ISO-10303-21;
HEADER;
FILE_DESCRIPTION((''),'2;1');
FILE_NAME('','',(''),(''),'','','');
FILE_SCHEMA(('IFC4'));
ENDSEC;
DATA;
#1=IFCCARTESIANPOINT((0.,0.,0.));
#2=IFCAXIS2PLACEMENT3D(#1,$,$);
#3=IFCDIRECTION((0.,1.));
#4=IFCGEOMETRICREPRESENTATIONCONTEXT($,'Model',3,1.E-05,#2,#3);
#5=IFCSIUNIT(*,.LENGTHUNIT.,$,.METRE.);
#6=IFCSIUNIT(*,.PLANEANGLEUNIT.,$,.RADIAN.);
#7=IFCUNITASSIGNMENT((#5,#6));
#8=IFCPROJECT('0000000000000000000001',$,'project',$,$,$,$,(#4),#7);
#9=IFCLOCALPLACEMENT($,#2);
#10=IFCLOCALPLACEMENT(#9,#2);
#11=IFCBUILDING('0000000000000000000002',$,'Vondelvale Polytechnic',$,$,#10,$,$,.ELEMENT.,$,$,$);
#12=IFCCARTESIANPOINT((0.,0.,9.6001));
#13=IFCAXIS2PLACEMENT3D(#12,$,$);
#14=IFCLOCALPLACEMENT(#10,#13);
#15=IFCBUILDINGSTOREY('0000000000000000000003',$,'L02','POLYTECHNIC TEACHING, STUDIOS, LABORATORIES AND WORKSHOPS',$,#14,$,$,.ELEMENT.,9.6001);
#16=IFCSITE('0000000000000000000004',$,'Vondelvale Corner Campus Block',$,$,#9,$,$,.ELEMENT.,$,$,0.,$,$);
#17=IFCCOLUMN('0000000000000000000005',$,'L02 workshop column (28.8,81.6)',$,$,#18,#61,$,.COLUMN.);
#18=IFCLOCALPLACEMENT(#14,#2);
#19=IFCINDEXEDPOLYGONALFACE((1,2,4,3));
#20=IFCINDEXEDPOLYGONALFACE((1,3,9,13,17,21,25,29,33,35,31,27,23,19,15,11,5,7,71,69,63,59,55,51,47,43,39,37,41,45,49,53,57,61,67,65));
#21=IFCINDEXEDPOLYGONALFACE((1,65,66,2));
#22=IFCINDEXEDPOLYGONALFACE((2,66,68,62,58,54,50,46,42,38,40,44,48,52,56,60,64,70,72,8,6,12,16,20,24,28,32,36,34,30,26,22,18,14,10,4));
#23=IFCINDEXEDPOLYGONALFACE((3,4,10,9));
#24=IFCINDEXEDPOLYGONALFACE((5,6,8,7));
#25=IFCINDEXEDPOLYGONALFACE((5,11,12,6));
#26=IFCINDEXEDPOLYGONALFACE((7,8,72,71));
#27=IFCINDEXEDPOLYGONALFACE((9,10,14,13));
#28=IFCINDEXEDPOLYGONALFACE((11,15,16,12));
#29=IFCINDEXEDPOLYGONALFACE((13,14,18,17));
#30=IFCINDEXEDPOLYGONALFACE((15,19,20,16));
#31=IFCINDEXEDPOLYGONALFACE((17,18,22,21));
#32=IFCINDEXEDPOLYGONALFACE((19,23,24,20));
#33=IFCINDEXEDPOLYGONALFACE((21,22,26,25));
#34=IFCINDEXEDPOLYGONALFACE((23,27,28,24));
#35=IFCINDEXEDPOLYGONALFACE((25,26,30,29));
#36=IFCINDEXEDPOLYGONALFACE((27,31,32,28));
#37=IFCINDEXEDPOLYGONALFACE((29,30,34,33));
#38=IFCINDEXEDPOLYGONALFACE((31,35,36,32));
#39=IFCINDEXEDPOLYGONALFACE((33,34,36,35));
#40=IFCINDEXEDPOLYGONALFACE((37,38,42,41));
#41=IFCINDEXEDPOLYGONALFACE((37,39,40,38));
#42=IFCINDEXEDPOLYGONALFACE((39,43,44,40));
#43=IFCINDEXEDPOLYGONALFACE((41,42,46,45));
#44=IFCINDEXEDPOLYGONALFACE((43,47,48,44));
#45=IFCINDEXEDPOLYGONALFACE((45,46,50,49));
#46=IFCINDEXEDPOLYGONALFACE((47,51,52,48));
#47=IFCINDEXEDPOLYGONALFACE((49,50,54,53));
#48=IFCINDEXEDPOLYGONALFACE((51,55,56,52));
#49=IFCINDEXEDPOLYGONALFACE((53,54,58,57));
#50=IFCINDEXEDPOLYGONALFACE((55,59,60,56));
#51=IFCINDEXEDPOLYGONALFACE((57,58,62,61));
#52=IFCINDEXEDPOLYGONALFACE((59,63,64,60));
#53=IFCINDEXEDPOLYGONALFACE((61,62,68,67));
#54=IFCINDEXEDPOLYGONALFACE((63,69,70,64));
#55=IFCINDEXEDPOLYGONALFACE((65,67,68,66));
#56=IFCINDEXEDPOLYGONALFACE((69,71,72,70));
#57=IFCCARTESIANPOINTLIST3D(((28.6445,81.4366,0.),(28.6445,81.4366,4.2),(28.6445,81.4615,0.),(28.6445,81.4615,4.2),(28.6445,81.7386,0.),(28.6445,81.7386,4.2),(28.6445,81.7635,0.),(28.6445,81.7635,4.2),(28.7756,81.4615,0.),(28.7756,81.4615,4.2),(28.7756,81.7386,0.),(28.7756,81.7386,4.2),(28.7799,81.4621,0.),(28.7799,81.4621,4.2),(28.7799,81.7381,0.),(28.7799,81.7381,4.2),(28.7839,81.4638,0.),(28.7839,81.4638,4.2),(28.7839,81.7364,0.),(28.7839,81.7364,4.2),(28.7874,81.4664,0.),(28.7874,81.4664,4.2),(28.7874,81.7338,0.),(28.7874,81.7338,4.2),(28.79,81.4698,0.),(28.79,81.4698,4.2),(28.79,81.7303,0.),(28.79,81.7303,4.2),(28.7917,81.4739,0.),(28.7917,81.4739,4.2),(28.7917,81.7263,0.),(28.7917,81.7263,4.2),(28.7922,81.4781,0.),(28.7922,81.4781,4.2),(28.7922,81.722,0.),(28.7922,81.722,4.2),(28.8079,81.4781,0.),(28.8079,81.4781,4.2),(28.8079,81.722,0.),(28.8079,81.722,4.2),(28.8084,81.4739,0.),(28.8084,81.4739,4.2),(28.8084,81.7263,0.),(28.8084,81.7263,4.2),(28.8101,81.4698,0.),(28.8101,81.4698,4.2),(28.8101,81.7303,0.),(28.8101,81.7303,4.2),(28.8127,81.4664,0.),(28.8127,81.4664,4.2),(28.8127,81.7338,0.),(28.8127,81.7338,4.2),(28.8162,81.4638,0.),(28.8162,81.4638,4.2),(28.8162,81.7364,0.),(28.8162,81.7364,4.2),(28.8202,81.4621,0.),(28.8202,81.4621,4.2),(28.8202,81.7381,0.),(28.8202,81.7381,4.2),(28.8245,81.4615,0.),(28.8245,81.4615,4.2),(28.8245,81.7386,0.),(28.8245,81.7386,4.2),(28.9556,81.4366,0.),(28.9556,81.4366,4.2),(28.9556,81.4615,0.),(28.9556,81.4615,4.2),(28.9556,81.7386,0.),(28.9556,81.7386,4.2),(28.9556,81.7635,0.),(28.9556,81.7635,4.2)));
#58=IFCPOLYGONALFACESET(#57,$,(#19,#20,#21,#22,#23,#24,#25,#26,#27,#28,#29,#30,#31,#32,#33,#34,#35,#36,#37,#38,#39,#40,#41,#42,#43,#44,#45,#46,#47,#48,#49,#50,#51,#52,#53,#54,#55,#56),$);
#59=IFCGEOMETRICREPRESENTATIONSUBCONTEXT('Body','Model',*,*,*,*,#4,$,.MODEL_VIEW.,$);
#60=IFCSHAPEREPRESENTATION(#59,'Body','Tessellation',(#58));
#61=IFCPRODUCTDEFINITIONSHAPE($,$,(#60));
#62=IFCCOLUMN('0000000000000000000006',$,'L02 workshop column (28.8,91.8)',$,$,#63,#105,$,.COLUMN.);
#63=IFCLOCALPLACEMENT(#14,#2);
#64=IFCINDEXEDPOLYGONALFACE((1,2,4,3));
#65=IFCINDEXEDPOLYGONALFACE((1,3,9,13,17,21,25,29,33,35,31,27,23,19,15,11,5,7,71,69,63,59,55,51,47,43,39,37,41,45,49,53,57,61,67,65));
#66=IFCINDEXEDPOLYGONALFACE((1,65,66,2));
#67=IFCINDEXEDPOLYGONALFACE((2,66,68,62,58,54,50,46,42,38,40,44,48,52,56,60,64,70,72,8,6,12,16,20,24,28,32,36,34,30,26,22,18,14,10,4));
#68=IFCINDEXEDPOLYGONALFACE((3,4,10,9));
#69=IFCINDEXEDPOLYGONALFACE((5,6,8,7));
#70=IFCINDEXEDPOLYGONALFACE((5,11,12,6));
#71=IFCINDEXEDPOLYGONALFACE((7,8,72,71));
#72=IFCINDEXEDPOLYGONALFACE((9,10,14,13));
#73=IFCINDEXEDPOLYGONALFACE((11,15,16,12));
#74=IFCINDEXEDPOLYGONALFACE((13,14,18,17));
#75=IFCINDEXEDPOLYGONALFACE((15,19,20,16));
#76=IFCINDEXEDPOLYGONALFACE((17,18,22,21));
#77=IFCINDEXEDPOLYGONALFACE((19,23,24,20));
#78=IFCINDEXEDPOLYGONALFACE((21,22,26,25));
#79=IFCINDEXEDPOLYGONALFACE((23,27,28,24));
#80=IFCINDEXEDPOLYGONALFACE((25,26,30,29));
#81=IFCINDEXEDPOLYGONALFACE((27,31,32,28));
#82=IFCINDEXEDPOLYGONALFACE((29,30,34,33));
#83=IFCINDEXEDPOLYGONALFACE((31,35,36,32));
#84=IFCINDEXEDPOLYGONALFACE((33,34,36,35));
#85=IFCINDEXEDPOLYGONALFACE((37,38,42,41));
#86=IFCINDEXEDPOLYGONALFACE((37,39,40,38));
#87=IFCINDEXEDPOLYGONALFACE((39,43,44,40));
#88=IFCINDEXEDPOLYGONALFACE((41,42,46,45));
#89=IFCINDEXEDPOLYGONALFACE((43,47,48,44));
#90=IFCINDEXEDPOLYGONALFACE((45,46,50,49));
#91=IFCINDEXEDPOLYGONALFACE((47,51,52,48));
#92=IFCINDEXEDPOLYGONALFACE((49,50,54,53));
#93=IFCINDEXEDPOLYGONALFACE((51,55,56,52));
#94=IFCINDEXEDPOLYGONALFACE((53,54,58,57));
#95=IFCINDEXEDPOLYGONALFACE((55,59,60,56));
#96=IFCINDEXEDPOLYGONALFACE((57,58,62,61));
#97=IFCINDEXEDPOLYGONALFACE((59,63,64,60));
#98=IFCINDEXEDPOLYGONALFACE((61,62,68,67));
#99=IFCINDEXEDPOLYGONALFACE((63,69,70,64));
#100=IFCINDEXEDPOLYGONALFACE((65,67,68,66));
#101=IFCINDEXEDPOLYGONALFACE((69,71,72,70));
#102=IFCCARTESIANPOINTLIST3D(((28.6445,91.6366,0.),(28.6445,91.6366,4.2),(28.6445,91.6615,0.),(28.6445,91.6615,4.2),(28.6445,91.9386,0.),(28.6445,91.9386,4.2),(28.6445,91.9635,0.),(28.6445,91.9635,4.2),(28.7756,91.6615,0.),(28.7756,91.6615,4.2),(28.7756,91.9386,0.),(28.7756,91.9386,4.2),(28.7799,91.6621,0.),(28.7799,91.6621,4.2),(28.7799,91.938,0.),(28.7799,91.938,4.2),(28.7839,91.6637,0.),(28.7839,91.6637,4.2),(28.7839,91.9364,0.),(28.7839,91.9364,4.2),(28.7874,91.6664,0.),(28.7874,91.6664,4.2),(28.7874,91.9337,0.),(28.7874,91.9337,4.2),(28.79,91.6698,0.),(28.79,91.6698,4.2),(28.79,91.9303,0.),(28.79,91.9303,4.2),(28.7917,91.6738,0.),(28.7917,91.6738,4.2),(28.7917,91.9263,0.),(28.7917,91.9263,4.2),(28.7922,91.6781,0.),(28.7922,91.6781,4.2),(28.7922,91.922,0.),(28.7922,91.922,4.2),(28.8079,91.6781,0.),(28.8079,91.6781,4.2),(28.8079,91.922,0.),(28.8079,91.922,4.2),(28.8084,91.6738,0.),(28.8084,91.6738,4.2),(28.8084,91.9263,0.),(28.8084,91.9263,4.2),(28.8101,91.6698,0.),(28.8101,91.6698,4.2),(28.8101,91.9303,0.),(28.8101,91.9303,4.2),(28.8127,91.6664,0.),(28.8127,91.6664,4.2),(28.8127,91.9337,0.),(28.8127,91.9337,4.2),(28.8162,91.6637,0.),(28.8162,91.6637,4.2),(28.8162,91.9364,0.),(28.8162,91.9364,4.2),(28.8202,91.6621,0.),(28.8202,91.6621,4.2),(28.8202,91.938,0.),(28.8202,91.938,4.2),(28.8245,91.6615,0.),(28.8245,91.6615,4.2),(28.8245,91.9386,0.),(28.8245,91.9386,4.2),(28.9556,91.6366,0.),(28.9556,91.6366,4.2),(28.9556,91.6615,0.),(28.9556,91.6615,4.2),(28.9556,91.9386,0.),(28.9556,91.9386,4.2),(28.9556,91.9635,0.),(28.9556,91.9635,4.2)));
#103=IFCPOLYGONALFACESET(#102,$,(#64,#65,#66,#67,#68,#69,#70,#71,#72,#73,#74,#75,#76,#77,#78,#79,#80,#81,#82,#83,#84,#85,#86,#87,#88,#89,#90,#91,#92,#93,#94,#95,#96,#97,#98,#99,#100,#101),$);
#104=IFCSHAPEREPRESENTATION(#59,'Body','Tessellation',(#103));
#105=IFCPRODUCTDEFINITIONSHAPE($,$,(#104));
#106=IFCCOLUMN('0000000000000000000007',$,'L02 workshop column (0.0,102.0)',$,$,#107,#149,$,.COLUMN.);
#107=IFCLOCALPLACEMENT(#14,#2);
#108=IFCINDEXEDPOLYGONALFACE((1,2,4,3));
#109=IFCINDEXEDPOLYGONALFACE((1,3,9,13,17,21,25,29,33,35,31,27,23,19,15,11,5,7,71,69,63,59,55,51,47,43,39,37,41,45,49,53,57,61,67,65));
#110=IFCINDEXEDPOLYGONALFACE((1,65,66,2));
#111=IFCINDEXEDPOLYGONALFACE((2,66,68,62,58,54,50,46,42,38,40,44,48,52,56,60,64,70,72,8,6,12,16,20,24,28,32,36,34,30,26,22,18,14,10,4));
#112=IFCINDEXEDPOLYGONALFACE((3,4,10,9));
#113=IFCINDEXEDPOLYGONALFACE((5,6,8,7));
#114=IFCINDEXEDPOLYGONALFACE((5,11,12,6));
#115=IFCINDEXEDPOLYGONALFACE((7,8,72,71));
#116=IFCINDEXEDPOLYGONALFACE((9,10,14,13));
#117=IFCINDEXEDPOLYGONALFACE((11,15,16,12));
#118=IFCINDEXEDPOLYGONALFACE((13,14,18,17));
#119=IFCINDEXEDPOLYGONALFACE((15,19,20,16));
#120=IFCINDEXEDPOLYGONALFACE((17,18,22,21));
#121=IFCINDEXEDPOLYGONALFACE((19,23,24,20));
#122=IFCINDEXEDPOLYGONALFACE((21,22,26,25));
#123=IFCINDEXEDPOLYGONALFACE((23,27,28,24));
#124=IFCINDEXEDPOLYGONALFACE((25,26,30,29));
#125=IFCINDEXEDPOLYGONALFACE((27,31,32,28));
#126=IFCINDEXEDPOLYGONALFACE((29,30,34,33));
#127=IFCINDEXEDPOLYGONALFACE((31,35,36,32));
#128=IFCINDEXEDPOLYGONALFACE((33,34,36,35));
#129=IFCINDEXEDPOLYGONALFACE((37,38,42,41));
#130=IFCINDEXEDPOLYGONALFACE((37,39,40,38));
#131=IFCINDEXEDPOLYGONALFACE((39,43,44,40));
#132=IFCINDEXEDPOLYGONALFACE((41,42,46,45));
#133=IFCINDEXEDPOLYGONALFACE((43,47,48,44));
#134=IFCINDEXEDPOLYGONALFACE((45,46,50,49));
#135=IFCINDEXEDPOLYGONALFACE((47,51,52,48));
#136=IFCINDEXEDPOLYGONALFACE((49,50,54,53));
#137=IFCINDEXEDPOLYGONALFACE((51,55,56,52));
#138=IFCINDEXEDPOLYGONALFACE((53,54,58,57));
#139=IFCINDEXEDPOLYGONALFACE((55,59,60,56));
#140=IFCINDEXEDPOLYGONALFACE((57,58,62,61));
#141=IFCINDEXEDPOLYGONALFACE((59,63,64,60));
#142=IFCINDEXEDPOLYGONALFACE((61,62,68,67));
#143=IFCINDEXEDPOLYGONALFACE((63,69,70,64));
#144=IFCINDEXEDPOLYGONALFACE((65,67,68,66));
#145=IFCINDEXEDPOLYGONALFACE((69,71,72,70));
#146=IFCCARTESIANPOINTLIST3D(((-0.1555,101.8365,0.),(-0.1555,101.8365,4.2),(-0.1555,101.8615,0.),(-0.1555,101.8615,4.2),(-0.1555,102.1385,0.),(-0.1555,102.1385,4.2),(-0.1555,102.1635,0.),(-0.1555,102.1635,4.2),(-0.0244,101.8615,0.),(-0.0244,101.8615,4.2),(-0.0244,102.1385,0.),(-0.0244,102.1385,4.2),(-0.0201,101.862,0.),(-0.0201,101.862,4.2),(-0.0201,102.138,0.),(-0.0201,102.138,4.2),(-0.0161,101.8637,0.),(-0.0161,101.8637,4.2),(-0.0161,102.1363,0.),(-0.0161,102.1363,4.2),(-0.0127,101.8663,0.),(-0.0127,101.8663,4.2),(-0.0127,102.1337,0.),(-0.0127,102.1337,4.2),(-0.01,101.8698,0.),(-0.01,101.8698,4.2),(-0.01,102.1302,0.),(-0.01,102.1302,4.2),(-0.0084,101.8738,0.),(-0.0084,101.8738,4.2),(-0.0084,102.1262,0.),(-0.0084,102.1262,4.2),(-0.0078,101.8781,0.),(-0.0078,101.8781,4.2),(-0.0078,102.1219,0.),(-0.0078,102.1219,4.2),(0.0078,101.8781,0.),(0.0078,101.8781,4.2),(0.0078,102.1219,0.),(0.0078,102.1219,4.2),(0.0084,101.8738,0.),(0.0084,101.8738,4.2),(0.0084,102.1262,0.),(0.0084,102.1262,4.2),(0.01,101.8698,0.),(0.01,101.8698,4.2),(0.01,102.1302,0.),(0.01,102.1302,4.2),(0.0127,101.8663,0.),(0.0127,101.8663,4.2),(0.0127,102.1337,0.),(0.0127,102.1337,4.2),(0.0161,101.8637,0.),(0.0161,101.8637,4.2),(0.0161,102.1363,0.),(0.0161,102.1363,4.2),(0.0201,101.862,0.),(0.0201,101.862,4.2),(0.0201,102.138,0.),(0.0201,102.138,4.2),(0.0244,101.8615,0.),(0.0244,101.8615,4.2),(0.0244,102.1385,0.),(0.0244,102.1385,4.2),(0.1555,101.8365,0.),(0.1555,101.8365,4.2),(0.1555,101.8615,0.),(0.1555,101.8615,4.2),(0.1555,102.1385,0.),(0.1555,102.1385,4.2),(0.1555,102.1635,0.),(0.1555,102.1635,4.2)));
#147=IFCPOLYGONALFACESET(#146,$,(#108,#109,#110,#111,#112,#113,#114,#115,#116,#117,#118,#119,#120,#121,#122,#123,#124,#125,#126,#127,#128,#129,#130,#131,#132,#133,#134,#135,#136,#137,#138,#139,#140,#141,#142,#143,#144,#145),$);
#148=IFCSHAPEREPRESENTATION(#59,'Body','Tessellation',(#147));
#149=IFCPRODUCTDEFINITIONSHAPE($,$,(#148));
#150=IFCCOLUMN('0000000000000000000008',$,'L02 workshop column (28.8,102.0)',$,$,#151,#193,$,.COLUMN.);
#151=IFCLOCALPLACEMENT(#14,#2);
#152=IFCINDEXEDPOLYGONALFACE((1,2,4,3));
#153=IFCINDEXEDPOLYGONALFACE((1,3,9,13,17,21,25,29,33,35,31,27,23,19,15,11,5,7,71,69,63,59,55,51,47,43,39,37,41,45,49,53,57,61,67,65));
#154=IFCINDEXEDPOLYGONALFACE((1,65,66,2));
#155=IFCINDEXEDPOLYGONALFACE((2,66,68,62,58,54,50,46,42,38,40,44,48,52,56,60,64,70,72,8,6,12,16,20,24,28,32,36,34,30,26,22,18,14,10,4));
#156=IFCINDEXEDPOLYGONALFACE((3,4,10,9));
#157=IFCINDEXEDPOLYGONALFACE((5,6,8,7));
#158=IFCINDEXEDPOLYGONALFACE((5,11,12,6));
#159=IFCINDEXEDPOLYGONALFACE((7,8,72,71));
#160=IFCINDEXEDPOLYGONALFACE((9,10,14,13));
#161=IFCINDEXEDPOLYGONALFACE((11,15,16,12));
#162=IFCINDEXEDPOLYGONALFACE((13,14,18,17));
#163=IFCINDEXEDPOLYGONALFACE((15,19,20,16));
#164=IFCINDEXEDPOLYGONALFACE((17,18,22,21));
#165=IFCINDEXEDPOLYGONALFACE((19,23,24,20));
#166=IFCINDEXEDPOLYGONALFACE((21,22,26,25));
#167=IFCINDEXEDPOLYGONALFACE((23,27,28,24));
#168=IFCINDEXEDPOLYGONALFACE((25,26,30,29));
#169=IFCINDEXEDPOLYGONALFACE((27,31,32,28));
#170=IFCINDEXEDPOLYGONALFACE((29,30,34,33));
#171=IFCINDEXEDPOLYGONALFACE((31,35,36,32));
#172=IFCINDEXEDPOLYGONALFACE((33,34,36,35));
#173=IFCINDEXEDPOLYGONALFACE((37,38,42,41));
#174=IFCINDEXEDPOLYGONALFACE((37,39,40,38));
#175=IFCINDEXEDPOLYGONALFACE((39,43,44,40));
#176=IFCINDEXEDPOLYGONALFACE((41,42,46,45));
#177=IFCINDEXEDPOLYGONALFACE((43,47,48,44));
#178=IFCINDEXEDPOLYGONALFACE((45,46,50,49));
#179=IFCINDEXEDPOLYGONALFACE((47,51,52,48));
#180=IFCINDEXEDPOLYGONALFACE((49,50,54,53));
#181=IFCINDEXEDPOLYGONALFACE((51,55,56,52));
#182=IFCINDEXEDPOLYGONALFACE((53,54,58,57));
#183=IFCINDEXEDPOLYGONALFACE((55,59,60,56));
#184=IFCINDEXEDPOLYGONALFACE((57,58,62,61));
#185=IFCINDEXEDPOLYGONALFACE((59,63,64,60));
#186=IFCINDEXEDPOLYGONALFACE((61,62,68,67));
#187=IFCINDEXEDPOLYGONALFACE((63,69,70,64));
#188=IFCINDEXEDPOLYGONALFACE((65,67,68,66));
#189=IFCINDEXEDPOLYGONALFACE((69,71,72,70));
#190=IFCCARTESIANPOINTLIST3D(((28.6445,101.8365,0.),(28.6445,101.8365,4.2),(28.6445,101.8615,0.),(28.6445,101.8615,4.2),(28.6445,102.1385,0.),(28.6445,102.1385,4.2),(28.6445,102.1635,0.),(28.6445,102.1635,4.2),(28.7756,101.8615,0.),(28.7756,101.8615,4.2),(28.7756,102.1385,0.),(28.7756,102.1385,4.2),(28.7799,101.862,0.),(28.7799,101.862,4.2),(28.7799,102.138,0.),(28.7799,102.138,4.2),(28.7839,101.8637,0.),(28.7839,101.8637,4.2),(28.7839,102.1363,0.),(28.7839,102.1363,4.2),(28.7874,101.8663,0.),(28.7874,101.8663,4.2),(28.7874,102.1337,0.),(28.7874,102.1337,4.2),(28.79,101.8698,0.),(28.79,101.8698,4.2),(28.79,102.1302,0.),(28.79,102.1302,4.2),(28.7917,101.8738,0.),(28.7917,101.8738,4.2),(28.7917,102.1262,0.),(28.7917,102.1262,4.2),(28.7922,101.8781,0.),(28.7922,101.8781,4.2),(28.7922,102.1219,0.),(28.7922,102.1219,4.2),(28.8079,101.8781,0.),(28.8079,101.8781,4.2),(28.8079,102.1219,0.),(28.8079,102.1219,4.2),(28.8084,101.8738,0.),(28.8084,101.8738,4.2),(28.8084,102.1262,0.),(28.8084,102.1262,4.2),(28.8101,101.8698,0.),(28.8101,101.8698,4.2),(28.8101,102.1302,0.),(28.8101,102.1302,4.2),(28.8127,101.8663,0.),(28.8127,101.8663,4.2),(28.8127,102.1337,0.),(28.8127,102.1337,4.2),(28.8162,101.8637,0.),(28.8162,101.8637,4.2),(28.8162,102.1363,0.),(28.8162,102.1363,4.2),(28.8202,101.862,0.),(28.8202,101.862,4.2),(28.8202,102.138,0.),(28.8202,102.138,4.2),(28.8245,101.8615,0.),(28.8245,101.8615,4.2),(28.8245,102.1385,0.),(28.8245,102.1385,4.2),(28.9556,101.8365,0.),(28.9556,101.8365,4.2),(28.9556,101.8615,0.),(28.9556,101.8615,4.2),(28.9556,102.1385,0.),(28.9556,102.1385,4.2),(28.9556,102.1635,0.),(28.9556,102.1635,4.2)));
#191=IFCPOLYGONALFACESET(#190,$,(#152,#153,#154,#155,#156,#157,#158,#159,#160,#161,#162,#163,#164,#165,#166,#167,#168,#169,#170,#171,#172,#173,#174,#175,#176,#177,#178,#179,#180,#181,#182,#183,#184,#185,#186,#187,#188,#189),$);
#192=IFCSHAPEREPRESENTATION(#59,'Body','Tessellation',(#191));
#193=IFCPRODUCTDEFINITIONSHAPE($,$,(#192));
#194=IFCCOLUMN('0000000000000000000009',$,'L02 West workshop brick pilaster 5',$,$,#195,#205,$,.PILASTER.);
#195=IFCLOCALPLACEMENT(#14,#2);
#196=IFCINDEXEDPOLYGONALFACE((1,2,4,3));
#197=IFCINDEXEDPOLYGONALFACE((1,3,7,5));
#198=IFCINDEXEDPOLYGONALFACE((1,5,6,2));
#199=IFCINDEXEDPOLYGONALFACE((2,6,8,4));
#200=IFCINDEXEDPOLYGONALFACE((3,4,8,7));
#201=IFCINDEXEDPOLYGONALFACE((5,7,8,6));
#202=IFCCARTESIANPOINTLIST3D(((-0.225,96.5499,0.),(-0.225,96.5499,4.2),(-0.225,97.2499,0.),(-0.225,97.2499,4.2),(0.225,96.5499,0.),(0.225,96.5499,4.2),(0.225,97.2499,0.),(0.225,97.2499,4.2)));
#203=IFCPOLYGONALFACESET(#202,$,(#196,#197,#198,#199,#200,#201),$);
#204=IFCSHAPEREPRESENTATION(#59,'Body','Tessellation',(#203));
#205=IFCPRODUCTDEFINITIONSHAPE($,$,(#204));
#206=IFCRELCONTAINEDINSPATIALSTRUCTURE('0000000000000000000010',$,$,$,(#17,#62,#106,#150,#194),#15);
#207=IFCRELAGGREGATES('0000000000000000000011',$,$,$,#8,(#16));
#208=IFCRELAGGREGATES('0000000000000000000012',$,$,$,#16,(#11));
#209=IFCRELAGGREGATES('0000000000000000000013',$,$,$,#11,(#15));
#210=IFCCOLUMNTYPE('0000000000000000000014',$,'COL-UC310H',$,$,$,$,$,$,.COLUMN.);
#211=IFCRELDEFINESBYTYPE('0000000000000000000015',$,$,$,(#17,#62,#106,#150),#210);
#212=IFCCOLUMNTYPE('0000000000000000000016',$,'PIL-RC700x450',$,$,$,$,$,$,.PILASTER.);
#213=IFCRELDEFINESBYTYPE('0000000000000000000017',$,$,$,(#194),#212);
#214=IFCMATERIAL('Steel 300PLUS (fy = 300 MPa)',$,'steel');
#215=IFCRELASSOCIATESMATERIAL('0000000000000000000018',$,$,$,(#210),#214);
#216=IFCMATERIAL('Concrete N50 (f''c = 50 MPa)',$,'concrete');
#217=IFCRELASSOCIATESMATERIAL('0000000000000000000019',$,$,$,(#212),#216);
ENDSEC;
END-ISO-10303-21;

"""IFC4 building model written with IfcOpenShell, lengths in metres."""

from ifc_helpers import new_model, si_unit, direction, frame, origin, origin_2d, place, context, subcontext, project, spatial, rectangle, i_section, extrude, material, material_profile, profile_set, type_object, element, save


model = new_model("IFC4")

# Units and contexts
model_context = context("Model", 3, precision=1e-05, world=origin(), true_north=direction((0.0, 1.0)))
body_context = subcontext(model_context, "Body", "Model", "MODEL_VIEW")
ifc_project = project(units=[si_unit("LENGTHUNIT", "METRE"), si_unit("PLANEANGLEUNIT", "RADIAN")], contexts=[model_context])

# Site, building, storey
site_placement = place(None, origin())
site = spatial("IfcSite", under=ifc_project, at=site_placement, Name="Vondelvale Corner Campus Block", CompositionType="ELEMENT", RefElevation=0.0)
building_placement = place(site_placement, origin())
building = spatial("IfcBuilding", under=site, at=building_placement, Name="Vondelvale Polytechnic", CompositionType="ELEMENT")
storey_placement = place(building_placement, frame((0.0, 0.0, 9.6001)))
storey = spatial("IfcBuildingStorey", under=building, at=storey_placement, Name="L02", Description="POLYTECHNIC TEACHING, STUDIOS, LABORATORIES AND WORKSHOPS", CompositionType="ELEMENT", Elevation=9.6001)

# Columns
ifc_material_1 = material(Name="Steel 300PLUS (fy = 300 MPa)", Category="steel")
ifc_material_profile_1 = material_profile(ifc_material_1, i_section(OverallWidth=0.311, OverallDepth=0.3269, WebThickness=0.0156, FlangeThickness=0.0249, FilletRadius=0.0166, at=origin_2d()), Name="310UC158")
ifc_profile_set_1 = profile_set([ifc_material_profile_1], Name="Steel 300PLUS (fy = 300 MPa)")
column_type_1 = type_object("IfcColumnType", Name="COL-UC310H", PredefinedType="COLUMN", material=ifc_profile_set_1)
for number, where, z_axis, x_axis, name in (
    (1, (28.8, 81.6001, 0.0), (0.0, 0.0, 1.0), (1.0, 0.0, 0.0), "L02 workshop column (28.8,81.6)"),
    (2, (28.8, 91.8, 0.0), (0.0, 0.0, 1.0), (1.0, 0.0, 0.0), "L02 workshop column (28.8,91.8)"),
    (3, (0.0, 102.0, 0.0), (0.0, 0.0, 1.0), (1.0, 0.0, 0.0), "L02 workshop column (0.0,102.0)"),
    (4, (28.8, 102.0, 0.0), (0.0, 0.0, 1.0), (1.0, 0.0, 0.0), "L02 workshop column (28.8,102.0)"),
):
    element("IfcColumn", number, at=place(storey_placement, frame(where, z_axis=z_axis, x_axis=x_axis)), inside=storey, type_object=column_type_1, Name=name, PredefinedType="COLUMN", context=body_context, shape_type="SweptSolid", body=[
        extrude(i_section(OverallWidth=0.311, OverallDepth=0.3269, WebThickness=0.0156, FlangeThickness=0.0249, FilletRadius=0.0166, at=origin_2d()), origin(), (0.0, 0.0, 1.0), 4.2),
    ])
ifc_material_2 = material(Name="Concrete N50 (f'c = 50 MPa)", Category="concrete")
ifc_material_profile_2 = material_profile(ifc_material_2, rectangle(XDim=0.45, YDim=0.7, at=origin_2d()), Name="RC-PIL-700x450")
ifc_profile_set_2 = profile_set([ifc_material_profile_2], Name="Concrete N50 (f'c = 50 MPa)")
column_type_2 = type_object("IfcColumnType", Name="PIL-RC700x450", PredefinedType="PILASTER", material=ifc_profile_set_2)
column_placement = place(storey_placement, frame((0.0, 96.8999, 0.0), z_axis=(0.0, 0.0, 1.0), x_axis=(1.0, 0.0, 0.0)))
element("IfcColumn", 5, at=column_placement, inside=storey, type_object=column_type_2, Name="L02 West workshop brick pilaster 5", PredefinedType="PILASTER", context=body_context, shape_type="SweptSolid", body=[
    extrude(rectangle(XDim=0.45, YDim=0.7, at=origin_2d()), origin(), (0.0, 0.0, 1.0), 4.2),
])

save(model, "model.ifc")
